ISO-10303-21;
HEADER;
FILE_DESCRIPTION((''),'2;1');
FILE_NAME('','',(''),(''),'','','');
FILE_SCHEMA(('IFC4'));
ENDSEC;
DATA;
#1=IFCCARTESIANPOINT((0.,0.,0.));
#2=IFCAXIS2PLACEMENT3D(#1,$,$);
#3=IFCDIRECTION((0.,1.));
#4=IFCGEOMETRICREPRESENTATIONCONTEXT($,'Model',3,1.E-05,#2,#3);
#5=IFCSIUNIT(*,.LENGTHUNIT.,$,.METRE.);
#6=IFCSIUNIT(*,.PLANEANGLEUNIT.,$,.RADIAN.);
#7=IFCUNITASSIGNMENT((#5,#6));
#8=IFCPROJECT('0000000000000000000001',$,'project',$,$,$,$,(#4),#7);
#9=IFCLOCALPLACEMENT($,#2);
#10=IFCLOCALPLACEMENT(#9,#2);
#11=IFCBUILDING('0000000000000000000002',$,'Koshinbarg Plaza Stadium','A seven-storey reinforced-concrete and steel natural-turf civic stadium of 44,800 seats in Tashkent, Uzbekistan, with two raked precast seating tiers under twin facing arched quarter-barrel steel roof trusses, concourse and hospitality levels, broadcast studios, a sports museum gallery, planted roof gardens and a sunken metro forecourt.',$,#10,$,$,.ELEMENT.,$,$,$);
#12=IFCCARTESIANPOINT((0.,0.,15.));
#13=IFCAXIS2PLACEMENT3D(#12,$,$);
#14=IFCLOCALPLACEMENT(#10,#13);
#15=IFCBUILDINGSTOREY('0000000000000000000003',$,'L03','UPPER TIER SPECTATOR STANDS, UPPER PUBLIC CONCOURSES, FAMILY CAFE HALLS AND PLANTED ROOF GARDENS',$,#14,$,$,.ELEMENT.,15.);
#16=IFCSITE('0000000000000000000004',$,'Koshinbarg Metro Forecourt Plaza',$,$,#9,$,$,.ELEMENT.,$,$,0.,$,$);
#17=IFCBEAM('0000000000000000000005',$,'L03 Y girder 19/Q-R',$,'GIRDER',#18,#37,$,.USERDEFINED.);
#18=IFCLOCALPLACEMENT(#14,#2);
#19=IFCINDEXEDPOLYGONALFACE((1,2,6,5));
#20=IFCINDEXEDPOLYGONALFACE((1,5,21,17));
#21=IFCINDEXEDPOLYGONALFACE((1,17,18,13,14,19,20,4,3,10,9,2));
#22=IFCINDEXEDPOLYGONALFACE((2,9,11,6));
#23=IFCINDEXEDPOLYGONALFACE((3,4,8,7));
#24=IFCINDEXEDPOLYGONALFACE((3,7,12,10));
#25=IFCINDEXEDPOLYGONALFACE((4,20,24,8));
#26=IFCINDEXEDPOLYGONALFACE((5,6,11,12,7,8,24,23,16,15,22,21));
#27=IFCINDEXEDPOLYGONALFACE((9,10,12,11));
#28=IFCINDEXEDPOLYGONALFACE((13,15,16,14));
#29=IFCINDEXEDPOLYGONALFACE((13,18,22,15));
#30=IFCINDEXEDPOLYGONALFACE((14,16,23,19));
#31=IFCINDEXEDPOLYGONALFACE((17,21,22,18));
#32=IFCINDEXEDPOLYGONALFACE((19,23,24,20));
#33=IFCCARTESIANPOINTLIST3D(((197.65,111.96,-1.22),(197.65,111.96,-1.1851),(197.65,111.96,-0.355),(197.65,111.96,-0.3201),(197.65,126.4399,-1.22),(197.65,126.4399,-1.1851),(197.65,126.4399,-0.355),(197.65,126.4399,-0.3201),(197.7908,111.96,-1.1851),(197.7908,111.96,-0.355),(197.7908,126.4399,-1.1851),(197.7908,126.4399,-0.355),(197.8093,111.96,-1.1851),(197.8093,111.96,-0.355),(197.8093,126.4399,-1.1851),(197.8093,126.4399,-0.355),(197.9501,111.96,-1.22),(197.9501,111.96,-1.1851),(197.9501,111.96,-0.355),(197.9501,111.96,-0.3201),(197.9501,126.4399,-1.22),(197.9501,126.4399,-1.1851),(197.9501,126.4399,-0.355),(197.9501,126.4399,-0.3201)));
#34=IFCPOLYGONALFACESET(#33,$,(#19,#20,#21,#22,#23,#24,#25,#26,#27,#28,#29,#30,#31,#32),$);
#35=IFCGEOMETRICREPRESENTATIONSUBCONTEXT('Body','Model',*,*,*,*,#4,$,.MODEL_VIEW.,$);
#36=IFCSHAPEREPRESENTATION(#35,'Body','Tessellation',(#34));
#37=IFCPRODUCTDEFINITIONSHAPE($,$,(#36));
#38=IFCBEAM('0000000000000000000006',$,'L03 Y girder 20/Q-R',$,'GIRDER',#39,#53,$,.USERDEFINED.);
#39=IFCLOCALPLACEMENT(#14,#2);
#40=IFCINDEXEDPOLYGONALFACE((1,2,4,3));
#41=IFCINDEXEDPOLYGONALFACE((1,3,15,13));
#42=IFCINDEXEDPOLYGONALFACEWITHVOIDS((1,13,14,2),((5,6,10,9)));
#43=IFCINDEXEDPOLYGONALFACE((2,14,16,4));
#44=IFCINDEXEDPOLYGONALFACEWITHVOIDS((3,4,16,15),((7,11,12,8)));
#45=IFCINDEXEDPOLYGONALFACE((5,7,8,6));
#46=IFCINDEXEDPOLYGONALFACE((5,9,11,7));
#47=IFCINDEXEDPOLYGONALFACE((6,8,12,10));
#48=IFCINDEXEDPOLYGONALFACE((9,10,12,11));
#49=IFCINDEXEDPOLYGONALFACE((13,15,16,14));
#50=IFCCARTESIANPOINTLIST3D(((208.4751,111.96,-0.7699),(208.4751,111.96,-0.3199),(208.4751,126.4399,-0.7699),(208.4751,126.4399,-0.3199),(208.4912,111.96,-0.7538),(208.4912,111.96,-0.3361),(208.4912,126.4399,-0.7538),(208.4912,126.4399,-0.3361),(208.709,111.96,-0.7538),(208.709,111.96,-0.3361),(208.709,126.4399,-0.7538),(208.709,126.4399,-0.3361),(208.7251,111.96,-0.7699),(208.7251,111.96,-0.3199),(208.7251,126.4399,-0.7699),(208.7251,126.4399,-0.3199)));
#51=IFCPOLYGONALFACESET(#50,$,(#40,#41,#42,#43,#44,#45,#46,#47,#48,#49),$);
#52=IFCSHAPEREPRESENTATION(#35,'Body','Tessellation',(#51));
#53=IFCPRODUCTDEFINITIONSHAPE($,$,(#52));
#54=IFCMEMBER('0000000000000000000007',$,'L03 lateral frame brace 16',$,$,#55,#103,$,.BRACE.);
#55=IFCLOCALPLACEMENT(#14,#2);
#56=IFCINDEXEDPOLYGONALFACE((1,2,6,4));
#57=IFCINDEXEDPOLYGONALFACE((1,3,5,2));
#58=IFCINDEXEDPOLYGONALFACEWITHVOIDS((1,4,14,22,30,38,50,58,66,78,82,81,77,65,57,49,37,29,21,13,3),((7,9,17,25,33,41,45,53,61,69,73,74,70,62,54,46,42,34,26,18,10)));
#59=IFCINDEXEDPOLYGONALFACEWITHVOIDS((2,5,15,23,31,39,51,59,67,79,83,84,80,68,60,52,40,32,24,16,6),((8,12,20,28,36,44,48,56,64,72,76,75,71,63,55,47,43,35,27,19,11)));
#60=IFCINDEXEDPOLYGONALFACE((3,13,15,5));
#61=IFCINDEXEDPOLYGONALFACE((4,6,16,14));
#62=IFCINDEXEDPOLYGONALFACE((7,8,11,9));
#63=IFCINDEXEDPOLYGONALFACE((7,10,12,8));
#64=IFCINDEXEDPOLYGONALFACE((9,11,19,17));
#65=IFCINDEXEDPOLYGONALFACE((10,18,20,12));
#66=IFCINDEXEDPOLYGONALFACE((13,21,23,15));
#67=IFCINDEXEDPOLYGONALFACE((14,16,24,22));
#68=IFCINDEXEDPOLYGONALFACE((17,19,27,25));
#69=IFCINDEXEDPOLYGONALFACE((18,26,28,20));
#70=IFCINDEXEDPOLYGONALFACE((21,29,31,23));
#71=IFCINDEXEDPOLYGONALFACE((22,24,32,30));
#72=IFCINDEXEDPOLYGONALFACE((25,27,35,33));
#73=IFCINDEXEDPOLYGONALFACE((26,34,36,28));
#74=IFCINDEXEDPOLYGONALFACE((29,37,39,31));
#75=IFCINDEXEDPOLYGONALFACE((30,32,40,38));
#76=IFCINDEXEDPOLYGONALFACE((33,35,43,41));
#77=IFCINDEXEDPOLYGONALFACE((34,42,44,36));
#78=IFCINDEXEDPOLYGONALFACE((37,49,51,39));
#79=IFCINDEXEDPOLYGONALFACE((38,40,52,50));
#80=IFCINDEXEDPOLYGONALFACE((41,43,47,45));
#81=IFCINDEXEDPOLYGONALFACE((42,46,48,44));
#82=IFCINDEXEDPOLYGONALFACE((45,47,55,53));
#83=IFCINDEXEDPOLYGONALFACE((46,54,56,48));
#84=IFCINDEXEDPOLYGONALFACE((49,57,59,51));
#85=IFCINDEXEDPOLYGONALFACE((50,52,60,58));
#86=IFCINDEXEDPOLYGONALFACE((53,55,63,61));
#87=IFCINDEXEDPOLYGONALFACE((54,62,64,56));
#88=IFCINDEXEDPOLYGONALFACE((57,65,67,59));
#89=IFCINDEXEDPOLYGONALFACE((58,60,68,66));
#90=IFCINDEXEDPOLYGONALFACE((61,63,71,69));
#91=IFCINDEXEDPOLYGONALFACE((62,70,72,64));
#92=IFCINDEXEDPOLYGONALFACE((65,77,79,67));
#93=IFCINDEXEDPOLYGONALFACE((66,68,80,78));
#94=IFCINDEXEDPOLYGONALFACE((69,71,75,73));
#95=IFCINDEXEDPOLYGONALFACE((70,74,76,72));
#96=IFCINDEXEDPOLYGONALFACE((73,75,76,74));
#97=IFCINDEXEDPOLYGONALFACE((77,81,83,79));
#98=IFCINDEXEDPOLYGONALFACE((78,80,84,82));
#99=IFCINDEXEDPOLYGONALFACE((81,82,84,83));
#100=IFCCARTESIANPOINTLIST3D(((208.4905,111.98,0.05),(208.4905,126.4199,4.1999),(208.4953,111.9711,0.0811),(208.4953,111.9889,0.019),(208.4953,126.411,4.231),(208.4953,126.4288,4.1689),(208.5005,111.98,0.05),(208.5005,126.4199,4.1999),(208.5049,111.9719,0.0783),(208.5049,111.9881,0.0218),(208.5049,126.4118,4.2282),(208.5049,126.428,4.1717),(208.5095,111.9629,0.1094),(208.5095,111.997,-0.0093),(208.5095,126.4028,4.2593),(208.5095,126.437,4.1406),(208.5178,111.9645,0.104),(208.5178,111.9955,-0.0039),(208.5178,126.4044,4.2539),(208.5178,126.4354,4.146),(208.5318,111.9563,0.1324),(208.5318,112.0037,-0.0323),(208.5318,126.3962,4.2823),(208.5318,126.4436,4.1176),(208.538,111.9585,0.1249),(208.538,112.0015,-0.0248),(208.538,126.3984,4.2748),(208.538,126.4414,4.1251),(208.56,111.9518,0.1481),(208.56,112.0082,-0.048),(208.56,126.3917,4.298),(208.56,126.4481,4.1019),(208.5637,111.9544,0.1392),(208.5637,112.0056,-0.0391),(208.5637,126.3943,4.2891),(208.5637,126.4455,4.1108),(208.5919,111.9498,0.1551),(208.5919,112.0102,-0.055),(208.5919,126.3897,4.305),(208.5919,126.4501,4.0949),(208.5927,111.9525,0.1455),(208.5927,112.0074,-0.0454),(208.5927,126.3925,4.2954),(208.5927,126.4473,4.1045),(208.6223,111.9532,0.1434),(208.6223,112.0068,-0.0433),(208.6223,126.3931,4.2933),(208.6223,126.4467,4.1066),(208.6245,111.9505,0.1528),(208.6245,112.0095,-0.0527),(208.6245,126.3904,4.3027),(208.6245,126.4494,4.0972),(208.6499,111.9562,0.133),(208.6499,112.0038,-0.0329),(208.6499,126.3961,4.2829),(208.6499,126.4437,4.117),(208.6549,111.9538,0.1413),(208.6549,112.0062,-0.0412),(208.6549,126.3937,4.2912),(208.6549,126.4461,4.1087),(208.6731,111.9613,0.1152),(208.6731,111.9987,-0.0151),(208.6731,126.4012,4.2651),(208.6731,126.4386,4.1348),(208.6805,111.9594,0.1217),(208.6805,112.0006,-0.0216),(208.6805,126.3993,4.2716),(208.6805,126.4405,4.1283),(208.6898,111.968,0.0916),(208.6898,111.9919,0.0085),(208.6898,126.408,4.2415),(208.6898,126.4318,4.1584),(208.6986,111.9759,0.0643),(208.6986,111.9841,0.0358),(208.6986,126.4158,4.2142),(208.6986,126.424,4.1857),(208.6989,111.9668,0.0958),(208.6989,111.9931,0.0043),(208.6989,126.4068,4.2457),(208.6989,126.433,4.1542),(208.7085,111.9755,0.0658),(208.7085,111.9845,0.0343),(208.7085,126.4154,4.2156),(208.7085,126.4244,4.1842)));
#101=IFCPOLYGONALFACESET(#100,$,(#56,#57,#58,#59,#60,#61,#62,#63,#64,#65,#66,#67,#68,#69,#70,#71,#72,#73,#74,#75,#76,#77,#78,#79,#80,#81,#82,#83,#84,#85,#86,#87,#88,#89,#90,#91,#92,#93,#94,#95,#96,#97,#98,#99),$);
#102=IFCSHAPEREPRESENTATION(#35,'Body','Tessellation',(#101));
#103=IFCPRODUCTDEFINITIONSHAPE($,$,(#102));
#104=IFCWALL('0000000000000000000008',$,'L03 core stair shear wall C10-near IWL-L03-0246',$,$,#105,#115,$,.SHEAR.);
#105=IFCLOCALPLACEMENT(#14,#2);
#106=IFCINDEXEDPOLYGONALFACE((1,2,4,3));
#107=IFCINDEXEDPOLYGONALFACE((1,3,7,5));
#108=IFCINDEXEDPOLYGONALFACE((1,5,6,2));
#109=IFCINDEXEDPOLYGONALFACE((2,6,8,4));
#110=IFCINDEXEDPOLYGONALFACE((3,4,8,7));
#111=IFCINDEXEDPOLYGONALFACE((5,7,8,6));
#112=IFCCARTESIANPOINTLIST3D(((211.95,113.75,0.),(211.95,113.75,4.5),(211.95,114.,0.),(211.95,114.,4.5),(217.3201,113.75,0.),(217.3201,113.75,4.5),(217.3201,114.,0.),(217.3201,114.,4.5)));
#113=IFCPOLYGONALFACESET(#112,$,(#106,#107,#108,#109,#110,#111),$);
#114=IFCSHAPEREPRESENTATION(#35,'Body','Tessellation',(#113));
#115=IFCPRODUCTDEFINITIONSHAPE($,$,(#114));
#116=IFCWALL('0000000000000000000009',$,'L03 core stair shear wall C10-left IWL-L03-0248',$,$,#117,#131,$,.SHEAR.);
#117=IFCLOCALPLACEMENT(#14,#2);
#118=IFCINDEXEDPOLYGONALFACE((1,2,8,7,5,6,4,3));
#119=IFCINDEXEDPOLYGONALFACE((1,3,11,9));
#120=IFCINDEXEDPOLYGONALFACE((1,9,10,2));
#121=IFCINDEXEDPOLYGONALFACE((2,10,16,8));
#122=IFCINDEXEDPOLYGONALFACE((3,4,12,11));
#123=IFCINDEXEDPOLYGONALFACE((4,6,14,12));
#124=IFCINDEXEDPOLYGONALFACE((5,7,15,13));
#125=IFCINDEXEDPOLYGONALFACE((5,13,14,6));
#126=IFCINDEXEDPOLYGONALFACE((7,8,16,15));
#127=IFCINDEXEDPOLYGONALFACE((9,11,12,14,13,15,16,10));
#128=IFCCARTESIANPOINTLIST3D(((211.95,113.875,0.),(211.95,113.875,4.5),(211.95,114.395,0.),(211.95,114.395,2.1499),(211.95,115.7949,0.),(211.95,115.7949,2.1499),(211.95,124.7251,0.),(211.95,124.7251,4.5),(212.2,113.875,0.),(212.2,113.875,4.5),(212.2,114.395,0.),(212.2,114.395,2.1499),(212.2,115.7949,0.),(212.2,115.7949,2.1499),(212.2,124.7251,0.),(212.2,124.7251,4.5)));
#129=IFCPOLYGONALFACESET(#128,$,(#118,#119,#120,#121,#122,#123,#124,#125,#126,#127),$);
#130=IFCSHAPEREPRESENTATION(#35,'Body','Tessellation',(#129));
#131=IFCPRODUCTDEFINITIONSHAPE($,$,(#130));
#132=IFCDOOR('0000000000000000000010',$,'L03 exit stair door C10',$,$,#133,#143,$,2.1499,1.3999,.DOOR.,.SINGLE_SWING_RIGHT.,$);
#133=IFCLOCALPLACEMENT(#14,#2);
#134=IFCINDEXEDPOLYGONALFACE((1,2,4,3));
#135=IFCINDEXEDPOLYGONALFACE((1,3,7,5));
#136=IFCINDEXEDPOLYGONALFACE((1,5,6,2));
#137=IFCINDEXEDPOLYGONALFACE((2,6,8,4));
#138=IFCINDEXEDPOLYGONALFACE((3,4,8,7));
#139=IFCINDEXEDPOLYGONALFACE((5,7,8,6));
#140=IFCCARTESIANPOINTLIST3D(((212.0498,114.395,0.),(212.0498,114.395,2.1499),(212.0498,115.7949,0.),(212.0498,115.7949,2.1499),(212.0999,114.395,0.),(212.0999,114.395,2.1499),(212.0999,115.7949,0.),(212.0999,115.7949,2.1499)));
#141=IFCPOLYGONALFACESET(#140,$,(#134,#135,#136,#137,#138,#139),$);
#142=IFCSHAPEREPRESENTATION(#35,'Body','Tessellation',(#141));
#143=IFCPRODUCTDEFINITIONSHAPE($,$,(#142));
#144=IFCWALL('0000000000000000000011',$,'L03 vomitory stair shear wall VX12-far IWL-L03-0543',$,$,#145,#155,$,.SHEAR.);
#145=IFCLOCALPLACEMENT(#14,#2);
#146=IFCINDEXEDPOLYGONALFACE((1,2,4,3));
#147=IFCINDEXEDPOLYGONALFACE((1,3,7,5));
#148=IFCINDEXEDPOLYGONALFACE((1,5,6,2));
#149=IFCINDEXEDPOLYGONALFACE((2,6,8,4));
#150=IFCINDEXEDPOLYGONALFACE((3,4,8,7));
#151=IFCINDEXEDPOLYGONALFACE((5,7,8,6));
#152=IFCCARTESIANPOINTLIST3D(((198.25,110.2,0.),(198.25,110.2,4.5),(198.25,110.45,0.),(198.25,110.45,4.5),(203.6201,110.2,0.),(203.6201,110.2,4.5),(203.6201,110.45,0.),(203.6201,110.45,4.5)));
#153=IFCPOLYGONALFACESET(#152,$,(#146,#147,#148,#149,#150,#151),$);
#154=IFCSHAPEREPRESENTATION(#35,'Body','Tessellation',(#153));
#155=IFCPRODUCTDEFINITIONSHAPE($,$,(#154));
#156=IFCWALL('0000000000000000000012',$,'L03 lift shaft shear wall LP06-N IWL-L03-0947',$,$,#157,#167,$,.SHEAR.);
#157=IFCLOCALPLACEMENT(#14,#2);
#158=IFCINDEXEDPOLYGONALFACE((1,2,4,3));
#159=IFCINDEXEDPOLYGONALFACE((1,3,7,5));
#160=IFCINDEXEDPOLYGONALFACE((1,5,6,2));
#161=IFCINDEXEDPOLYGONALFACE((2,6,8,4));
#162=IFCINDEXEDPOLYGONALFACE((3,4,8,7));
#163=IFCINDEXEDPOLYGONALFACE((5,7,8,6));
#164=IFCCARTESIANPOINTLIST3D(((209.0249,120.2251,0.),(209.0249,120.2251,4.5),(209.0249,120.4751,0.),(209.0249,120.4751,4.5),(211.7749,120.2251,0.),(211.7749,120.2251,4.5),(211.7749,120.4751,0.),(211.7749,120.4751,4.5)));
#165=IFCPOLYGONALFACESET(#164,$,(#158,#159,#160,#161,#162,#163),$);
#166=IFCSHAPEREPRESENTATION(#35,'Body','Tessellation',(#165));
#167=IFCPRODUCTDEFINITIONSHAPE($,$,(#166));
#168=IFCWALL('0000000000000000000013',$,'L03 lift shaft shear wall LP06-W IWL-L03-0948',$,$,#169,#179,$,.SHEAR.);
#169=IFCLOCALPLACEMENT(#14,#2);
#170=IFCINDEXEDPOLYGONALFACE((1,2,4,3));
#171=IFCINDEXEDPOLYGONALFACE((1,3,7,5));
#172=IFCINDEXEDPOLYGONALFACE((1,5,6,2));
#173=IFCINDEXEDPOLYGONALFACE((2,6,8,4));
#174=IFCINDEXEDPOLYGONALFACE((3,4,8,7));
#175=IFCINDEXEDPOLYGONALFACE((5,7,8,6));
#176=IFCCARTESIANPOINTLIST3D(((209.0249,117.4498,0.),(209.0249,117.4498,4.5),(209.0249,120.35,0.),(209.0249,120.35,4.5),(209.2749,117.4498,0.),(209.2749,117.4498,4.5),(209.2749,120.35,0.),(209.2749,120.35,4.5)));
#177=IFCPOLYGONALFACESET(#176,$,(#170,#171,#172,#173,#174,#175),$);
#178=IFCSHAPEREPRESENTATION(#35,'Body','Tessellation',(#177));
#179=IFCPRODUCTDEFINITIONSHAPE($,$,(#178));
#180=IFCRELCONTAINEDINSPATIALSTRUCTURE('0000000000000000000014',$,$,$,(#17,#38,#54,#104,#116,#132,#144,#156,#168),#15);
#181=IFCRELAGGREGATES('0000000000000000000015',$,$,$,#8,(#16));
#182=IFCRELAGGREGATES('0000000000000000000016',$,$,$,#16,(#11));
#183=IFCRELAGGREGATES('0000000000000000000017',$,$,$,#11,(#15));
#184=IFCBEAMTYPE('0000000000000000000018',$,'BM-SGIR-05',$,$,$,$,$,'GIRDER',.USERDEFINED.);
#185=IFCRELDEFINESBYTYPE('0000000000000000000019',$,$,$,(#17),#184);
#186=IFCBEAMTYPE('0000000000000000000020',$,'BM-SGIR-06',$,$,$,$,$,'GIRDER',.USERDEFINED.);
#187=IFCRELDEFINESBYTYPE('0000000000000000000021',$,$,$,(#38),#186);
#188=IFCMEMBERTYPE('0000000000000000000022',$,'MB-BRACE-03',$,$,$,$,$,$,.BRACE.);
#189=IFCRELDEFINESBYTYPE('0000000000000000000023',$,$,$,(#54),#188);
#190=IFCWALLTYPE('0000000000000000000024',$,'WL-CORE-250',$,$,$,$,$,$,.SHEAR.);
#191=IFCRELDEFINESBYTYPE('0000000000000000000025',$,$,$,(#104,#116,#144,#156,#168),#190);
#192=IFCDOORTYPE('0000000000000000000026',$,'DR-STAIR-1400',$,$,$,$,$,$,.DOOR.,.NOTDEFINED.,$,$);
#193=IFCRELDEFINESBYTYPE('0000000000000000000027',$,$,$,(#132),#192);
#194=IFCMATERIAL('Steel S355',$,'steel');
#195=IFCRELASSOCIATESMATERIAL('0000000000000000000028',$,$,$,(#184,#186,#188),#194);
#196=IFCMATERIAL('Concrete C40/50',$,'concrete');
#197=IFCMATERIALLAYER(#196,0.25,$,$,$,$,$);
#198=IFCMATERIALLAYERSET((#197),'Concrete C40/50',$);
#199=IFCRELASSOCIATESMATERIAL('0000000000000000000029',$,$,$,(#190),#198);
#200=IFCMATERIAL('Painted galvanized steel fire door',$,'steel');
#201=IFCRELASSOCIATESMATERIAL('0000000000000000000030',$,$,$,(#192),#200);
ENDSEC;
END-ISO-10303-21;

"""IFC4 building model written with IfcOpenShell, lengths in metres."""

from ifc_helpers import new_model, si_unit, direction, frame, frame_2d, origin, origin_2d, place, context, subcontext, project, spatial, rectangle, hollow_rectangle, hollow_circle, i_section, extrude, material, layer, layer_set, material_profile, profile_set, type_object, element, fill, save


model = new_model("IFC4")

# Units and contexts
model_context = context("Model", 3, precision=1e-05, world=origin(), true_north=direction((0.0, 1.0)))
body_context = subcontext(model_context, "Body", "Model", "MODEL_VIEW")
ifc_project = project(units=[si_unit("LENGTHUNIT", "METRE"), si_unit("PLANEANGLEUNIT", "RADIAN")], contexts=[model_context])

# Site, building, storey
site_placement = place(None, origin())
site = spatial("IfcSite", under=ifc_project, at=site_placement, Name="Koshinbarg Metro Forecourt Plaza", CompositionType="ELEMENT", RefElevation=0.0)
building_placement = place(site_placement, origin())
building = spatial("IfcBuilding", under=site, at=building_placement, Name="Koshinbarg Plaza Stadium", Description="A seven-storey reinforced-concrete and steel natural-turf civic stadium of 44,800 seats in Tashkent, Uzbekistan, with two raked precast seating tiers under twin facing arched quarter-barrel steel roof trusses, concourse and hospitality levels, broadcast studios, a sports museum gallery, planted roof gardens and a sunken metro forecourt.", CompositionType="ELEMENT")
storey_placement = place(building_placement, frame((0.0, 0.0, 15.0)))
storey = spatial("IfcBuildingStorey", under=building, at=storey_placement, Name="L03", Description="UPPER TIER SPECTATOR STANDS, UPPER PUBLIC CONCOURSES, FAMILY CAFE HALLS AND PLANTED ROOF GARDENS", CompositionType="ELEMENT", Elevation=15.0)

# Shared definitions
ifc_material_1 = material(Name="Steel S355", Category="steel")

# Beams
ifc_material_2 = material(Name="Concrete C40/50", Category="concrete")
ifc_material_profile_1 = material_profile(ifc_material_1, i_section(OverallWidth=0.3, OverallDepth=0.8999, WebThickness=0.0186, FlangeThickness=0.0349, at=origin_2d()), Name="HEB 900")
ifc_profile_set_1 = profile_set([ifc_material_profile_1], Name="Steel S355")
beam_type_1 = type_object("IfcBeamType", Name="BM-SGIR-05", ElementType="GIRDER", PredefinedType="USERDEFINED", material=ifc_profile_set_1)
beam_1_placement = place(storey_placement, frame((197.8, 111.96, -0.77), z_axis=(0.0, 1.0, 0.0), x_axis=(-1.0, 0.0, 0.0)))
element("IfcBeam", 1, at=beam_1_placement, inside=storey, type_object=beam_type_1, Name="L03 Y girder 19/Q-R", ObjectType="GIRDER", PredefinedType="USERDEFINED", context=body_context, shape_type="SweptSolid", body=[
    extrude(i_section(OverallWidth=0.3, OverallDepth=0.8999, WebThickness=0.0186, FlangeThickness=0.0349, at=origin_2d()), origin(), (0.0, 0.0, 1.0), 14.48),
])
ifc_material_profile_2 = material_profile(ifc_material_1, hollow_rectangle(XDim=0.25, YDim=0.45, WallThickness=0.0161, at=origin_2d()), Name="RHS 450x250x16")
ifc_profile_set_2 = profile_set([ifc_material_profile_2], Name="Steel S355")
beam_type_2 = type_object("IfcBeamType", Name="BM-SGIR-06", ElementType="GIRDER", PredefinedType="USERDEFINED", material=ifc_profile_set_2)
beam_2_placement = place(storey_placement, frame((208.6001, 111.96, -0.5449), z_axis=(0.0, 1.0, 0.0), x_axis=(-1.0, 0.0, 0.0)))
element("IfcBeam", 2, at=beam_2_placement, inside=storey, type_object=beam_type_2, Name="L03 Y girder 20/Q-R", ObjectType="GIRDER", PredefinedType="USERDEFINED", context=body_context, shape_type="SweptSolid", body=[
    extrude(hollow_rectangle(XDim=0.25, YDim=0.45, WallThickness=0.0161, at=origin_2d()), origin(), (0.0, 0.0, 1.0), 14.48),
])

# Member
ifc_material_profile_3 = material_profile(ifc_material_1, hollow_circle(Radius=0.1096, WallThickness=0.01, at=origin_2d()), Name="CHS 219.1x10")
ifc_profile_set_3 = profile_set([ifc_material_profile_3], Name="Steel S355")
member_type = type_object("IfcMemberType", Name="MB-BRACE-03", PredefinedType="BRACE", material=ifc_profile_set_3)
member_placement = place(storey_placement, frame((208.6001, 111.98, 0.05), z_axis=(0.0, 0.961097, 0.27621), x_axis=(-1.0, 0.0, 0.0)))
element("IfcMember", 3, at=member_placement, inside=storey, type_object=member_type, Name="L03 lateral frame brace 16", PredefinedType="BRACE", context=body_context, shape_type="SweptSolid", body=[
    extrude(hollow_circle(Radius=0.1096, WallThickness=0.01, at=origin_2d()), origin(), (0.0, 0.0, 1.0), 15.0244),
])

# Wall
ifc_layer_1 = layer(ifc_material_2, 0.25)
ifc_layer_set_1 = layer_set([ifc_layer_1], Name="Concrete C40/50")
wall_type_1 = type_object("IfcWallType", Name="WL-CORE-250", PredefinedType="SHEAR", material=ifc_layer_set_1)
wall_1_placement = place(storey_placement, frame((211.95, 113.875, 0.0), z_axis=(0.0, 0.0, 1.0), x_axis=(1.0, 0.0, 0.0)))
element("IfcWall", 4, at=wall_1_placement, inside=storey, type_object=wall_type_1, Name="L03 core stair shear wall C10-near IWL-L03-0246", PredefinedType="SHEAR", context=body_context, shape_type="SweptSolid", body=[
    extrude(rectangle(XDim=5.3701, YDim=0.25, at=frame_2d((2.6851, 0.0))), origin(), (0.0, 0.0, 1.0), 4.5),
])

# Wall, opening, door
wall_2_placement = place(storey_placement, frame((212.075, 113.875, 0.0), z_axis=(0.0, 0.0, 1.0), x_axis=(0.0, 1.0, 0.0)))
wall_2 = element("IfcWall", 5, at=wall_2_placement, inside=storey, type_object=wall_type_1, Name="L03 core stair shear wall C10-left IWL-L03-0248", PredefinedType="SHEAR", context=body_context, shape_type="SweptSolid", body=[
    extrude(rectangle(XDim=10.8501, YDim=0.25, at=frame_2d((5.425, 0.0))), origin(), (0.0, 0.0, 1.0), 4.5),
])
opening_1_placement = place(wall_2_placement, frame((0.52, 0.0, 0.0)))
opening_1 = element("IfcOpeningElement", 6, at=opening_1_placement, cuts=wall_2, PredefinedType="OPENING", context=body_context, shape_type="SweptSolid", body=[
    extrude(rectangle(XDim=1.3999, YDim=2.1499, at=frame_2d((0.7, 1.075))), frame((0.0, 0.135, 0.0), z_axis=(0.0, -1.0, 0.0), x_axis=(1.0, 0.0, 0.0)), (0.0, 0.0, 1.0), 0.27),
])
ifc_material_3 = material(Name="Painted galvanized steel fire door", Category="steel")
door_type_1 = type_object("IfcDoorType", Name="DR-STAIR-1400", OperationType="NOTDEFINED", PredefinedType="DOOR", material=ifc_material_3)
door_1_placement = place(opening_1_placement, frame((1.3999, 0.0, 0.0), z_axis=(0.0, 0.0, 1.0), x_axis=(-1.0, 0.0, 0.0)))
door_1 = element("IfcDoor", 7, at=door_1_placement, inside=storey, type_object=door_type_1, Name="L03 exit stair door C10", OperationType="SINGLE_SWING_RIGHT", OverallHeight=2.1499, OverallWidth=1.3999, PredefinedType="DOOR", context=body_context, shape_type="SweptSolid", body=[
    extrude(rectangle(XDim=1.3999, YDim=2.1499, at=frame_2d((0.7, 1.075))), frame((0.0, 0.0249, 0.0), z_axis=(0.0, -1.0, 0.0), x_axis=(1.0, 0.0, 0.0)), (0.0, 0.0, 1.0), 0.05),
])
fill(opening_1, door_1)

# Wall
wall_3_placement = place(storey_placement, frame((203.6201, 110.325, 0.0), z_axis=(0.0, 0.0, 1.0), x_axis=(-1.0, 0.0, 0.0)))
element("IfcWall", 8, at=wall_3_placement, inside=storey, type_object=wall_type_1, Name="L03 vomitory stair shear wall VX12-far IWL-L03-0543", PredefinedType="SHEAR", context=body_context, shape_type="SweptSolid", body=[
    extrude(rectangle(XDim=5.3701, YDim=0.25, at=frame_2d((2.6851, 0.0))), origin(), (0.0, 0.0, 1.0), 4.5),
])

# Walls
wall_4_placement = place(storey_placement, frame((211.7749, 120.3501, 0.0), z_axis=(0.0, 0.0, 1.0), x_axis=(-1.0, 0.0, 0.0)))
element("IfcWall", 9, at=wall_4_placement, inside=storey, type_object=wall_type_1, Name="L03 lift shaft shear wall LP06-N IWL-L03-0947", PredefinedType="SHEAR", context=body_context, shape_type="SweptSolid", body=[
    extrude(rectangle(XDim=2.75, YDim=0.25, at=frame_2d((1.375, 0.0))), origin(), (0.0, 0.0, 1.0), 4.5),
])
for number, where, z_axis, x_axis, name in (
    (10, (209.1499, 120.3501, 0.0), (0.0, 0.0, 1.0), (0.0, -1.0, 0.0), "L03 lift shaft shear wall LP06-W IWL-L03-0948"),
):
    element("IfcWall", number, at=place(storey_placement, frame(where, z_axis=z_axis, x_axis=x_axis)), inside=storey, type_object=wall_type_1, Name=name, PredefinedType="SHEAR", context=body_context, shape_type="SweptSolid", body=[
        extrude(rectangle(XDim=2.9001, YDim=0.25, at=frame_2d((1.4502, 0.0))), origin(), (0.0, 0.0, 1.0), 4.5),
    ])

save(model, "model.ifc")
